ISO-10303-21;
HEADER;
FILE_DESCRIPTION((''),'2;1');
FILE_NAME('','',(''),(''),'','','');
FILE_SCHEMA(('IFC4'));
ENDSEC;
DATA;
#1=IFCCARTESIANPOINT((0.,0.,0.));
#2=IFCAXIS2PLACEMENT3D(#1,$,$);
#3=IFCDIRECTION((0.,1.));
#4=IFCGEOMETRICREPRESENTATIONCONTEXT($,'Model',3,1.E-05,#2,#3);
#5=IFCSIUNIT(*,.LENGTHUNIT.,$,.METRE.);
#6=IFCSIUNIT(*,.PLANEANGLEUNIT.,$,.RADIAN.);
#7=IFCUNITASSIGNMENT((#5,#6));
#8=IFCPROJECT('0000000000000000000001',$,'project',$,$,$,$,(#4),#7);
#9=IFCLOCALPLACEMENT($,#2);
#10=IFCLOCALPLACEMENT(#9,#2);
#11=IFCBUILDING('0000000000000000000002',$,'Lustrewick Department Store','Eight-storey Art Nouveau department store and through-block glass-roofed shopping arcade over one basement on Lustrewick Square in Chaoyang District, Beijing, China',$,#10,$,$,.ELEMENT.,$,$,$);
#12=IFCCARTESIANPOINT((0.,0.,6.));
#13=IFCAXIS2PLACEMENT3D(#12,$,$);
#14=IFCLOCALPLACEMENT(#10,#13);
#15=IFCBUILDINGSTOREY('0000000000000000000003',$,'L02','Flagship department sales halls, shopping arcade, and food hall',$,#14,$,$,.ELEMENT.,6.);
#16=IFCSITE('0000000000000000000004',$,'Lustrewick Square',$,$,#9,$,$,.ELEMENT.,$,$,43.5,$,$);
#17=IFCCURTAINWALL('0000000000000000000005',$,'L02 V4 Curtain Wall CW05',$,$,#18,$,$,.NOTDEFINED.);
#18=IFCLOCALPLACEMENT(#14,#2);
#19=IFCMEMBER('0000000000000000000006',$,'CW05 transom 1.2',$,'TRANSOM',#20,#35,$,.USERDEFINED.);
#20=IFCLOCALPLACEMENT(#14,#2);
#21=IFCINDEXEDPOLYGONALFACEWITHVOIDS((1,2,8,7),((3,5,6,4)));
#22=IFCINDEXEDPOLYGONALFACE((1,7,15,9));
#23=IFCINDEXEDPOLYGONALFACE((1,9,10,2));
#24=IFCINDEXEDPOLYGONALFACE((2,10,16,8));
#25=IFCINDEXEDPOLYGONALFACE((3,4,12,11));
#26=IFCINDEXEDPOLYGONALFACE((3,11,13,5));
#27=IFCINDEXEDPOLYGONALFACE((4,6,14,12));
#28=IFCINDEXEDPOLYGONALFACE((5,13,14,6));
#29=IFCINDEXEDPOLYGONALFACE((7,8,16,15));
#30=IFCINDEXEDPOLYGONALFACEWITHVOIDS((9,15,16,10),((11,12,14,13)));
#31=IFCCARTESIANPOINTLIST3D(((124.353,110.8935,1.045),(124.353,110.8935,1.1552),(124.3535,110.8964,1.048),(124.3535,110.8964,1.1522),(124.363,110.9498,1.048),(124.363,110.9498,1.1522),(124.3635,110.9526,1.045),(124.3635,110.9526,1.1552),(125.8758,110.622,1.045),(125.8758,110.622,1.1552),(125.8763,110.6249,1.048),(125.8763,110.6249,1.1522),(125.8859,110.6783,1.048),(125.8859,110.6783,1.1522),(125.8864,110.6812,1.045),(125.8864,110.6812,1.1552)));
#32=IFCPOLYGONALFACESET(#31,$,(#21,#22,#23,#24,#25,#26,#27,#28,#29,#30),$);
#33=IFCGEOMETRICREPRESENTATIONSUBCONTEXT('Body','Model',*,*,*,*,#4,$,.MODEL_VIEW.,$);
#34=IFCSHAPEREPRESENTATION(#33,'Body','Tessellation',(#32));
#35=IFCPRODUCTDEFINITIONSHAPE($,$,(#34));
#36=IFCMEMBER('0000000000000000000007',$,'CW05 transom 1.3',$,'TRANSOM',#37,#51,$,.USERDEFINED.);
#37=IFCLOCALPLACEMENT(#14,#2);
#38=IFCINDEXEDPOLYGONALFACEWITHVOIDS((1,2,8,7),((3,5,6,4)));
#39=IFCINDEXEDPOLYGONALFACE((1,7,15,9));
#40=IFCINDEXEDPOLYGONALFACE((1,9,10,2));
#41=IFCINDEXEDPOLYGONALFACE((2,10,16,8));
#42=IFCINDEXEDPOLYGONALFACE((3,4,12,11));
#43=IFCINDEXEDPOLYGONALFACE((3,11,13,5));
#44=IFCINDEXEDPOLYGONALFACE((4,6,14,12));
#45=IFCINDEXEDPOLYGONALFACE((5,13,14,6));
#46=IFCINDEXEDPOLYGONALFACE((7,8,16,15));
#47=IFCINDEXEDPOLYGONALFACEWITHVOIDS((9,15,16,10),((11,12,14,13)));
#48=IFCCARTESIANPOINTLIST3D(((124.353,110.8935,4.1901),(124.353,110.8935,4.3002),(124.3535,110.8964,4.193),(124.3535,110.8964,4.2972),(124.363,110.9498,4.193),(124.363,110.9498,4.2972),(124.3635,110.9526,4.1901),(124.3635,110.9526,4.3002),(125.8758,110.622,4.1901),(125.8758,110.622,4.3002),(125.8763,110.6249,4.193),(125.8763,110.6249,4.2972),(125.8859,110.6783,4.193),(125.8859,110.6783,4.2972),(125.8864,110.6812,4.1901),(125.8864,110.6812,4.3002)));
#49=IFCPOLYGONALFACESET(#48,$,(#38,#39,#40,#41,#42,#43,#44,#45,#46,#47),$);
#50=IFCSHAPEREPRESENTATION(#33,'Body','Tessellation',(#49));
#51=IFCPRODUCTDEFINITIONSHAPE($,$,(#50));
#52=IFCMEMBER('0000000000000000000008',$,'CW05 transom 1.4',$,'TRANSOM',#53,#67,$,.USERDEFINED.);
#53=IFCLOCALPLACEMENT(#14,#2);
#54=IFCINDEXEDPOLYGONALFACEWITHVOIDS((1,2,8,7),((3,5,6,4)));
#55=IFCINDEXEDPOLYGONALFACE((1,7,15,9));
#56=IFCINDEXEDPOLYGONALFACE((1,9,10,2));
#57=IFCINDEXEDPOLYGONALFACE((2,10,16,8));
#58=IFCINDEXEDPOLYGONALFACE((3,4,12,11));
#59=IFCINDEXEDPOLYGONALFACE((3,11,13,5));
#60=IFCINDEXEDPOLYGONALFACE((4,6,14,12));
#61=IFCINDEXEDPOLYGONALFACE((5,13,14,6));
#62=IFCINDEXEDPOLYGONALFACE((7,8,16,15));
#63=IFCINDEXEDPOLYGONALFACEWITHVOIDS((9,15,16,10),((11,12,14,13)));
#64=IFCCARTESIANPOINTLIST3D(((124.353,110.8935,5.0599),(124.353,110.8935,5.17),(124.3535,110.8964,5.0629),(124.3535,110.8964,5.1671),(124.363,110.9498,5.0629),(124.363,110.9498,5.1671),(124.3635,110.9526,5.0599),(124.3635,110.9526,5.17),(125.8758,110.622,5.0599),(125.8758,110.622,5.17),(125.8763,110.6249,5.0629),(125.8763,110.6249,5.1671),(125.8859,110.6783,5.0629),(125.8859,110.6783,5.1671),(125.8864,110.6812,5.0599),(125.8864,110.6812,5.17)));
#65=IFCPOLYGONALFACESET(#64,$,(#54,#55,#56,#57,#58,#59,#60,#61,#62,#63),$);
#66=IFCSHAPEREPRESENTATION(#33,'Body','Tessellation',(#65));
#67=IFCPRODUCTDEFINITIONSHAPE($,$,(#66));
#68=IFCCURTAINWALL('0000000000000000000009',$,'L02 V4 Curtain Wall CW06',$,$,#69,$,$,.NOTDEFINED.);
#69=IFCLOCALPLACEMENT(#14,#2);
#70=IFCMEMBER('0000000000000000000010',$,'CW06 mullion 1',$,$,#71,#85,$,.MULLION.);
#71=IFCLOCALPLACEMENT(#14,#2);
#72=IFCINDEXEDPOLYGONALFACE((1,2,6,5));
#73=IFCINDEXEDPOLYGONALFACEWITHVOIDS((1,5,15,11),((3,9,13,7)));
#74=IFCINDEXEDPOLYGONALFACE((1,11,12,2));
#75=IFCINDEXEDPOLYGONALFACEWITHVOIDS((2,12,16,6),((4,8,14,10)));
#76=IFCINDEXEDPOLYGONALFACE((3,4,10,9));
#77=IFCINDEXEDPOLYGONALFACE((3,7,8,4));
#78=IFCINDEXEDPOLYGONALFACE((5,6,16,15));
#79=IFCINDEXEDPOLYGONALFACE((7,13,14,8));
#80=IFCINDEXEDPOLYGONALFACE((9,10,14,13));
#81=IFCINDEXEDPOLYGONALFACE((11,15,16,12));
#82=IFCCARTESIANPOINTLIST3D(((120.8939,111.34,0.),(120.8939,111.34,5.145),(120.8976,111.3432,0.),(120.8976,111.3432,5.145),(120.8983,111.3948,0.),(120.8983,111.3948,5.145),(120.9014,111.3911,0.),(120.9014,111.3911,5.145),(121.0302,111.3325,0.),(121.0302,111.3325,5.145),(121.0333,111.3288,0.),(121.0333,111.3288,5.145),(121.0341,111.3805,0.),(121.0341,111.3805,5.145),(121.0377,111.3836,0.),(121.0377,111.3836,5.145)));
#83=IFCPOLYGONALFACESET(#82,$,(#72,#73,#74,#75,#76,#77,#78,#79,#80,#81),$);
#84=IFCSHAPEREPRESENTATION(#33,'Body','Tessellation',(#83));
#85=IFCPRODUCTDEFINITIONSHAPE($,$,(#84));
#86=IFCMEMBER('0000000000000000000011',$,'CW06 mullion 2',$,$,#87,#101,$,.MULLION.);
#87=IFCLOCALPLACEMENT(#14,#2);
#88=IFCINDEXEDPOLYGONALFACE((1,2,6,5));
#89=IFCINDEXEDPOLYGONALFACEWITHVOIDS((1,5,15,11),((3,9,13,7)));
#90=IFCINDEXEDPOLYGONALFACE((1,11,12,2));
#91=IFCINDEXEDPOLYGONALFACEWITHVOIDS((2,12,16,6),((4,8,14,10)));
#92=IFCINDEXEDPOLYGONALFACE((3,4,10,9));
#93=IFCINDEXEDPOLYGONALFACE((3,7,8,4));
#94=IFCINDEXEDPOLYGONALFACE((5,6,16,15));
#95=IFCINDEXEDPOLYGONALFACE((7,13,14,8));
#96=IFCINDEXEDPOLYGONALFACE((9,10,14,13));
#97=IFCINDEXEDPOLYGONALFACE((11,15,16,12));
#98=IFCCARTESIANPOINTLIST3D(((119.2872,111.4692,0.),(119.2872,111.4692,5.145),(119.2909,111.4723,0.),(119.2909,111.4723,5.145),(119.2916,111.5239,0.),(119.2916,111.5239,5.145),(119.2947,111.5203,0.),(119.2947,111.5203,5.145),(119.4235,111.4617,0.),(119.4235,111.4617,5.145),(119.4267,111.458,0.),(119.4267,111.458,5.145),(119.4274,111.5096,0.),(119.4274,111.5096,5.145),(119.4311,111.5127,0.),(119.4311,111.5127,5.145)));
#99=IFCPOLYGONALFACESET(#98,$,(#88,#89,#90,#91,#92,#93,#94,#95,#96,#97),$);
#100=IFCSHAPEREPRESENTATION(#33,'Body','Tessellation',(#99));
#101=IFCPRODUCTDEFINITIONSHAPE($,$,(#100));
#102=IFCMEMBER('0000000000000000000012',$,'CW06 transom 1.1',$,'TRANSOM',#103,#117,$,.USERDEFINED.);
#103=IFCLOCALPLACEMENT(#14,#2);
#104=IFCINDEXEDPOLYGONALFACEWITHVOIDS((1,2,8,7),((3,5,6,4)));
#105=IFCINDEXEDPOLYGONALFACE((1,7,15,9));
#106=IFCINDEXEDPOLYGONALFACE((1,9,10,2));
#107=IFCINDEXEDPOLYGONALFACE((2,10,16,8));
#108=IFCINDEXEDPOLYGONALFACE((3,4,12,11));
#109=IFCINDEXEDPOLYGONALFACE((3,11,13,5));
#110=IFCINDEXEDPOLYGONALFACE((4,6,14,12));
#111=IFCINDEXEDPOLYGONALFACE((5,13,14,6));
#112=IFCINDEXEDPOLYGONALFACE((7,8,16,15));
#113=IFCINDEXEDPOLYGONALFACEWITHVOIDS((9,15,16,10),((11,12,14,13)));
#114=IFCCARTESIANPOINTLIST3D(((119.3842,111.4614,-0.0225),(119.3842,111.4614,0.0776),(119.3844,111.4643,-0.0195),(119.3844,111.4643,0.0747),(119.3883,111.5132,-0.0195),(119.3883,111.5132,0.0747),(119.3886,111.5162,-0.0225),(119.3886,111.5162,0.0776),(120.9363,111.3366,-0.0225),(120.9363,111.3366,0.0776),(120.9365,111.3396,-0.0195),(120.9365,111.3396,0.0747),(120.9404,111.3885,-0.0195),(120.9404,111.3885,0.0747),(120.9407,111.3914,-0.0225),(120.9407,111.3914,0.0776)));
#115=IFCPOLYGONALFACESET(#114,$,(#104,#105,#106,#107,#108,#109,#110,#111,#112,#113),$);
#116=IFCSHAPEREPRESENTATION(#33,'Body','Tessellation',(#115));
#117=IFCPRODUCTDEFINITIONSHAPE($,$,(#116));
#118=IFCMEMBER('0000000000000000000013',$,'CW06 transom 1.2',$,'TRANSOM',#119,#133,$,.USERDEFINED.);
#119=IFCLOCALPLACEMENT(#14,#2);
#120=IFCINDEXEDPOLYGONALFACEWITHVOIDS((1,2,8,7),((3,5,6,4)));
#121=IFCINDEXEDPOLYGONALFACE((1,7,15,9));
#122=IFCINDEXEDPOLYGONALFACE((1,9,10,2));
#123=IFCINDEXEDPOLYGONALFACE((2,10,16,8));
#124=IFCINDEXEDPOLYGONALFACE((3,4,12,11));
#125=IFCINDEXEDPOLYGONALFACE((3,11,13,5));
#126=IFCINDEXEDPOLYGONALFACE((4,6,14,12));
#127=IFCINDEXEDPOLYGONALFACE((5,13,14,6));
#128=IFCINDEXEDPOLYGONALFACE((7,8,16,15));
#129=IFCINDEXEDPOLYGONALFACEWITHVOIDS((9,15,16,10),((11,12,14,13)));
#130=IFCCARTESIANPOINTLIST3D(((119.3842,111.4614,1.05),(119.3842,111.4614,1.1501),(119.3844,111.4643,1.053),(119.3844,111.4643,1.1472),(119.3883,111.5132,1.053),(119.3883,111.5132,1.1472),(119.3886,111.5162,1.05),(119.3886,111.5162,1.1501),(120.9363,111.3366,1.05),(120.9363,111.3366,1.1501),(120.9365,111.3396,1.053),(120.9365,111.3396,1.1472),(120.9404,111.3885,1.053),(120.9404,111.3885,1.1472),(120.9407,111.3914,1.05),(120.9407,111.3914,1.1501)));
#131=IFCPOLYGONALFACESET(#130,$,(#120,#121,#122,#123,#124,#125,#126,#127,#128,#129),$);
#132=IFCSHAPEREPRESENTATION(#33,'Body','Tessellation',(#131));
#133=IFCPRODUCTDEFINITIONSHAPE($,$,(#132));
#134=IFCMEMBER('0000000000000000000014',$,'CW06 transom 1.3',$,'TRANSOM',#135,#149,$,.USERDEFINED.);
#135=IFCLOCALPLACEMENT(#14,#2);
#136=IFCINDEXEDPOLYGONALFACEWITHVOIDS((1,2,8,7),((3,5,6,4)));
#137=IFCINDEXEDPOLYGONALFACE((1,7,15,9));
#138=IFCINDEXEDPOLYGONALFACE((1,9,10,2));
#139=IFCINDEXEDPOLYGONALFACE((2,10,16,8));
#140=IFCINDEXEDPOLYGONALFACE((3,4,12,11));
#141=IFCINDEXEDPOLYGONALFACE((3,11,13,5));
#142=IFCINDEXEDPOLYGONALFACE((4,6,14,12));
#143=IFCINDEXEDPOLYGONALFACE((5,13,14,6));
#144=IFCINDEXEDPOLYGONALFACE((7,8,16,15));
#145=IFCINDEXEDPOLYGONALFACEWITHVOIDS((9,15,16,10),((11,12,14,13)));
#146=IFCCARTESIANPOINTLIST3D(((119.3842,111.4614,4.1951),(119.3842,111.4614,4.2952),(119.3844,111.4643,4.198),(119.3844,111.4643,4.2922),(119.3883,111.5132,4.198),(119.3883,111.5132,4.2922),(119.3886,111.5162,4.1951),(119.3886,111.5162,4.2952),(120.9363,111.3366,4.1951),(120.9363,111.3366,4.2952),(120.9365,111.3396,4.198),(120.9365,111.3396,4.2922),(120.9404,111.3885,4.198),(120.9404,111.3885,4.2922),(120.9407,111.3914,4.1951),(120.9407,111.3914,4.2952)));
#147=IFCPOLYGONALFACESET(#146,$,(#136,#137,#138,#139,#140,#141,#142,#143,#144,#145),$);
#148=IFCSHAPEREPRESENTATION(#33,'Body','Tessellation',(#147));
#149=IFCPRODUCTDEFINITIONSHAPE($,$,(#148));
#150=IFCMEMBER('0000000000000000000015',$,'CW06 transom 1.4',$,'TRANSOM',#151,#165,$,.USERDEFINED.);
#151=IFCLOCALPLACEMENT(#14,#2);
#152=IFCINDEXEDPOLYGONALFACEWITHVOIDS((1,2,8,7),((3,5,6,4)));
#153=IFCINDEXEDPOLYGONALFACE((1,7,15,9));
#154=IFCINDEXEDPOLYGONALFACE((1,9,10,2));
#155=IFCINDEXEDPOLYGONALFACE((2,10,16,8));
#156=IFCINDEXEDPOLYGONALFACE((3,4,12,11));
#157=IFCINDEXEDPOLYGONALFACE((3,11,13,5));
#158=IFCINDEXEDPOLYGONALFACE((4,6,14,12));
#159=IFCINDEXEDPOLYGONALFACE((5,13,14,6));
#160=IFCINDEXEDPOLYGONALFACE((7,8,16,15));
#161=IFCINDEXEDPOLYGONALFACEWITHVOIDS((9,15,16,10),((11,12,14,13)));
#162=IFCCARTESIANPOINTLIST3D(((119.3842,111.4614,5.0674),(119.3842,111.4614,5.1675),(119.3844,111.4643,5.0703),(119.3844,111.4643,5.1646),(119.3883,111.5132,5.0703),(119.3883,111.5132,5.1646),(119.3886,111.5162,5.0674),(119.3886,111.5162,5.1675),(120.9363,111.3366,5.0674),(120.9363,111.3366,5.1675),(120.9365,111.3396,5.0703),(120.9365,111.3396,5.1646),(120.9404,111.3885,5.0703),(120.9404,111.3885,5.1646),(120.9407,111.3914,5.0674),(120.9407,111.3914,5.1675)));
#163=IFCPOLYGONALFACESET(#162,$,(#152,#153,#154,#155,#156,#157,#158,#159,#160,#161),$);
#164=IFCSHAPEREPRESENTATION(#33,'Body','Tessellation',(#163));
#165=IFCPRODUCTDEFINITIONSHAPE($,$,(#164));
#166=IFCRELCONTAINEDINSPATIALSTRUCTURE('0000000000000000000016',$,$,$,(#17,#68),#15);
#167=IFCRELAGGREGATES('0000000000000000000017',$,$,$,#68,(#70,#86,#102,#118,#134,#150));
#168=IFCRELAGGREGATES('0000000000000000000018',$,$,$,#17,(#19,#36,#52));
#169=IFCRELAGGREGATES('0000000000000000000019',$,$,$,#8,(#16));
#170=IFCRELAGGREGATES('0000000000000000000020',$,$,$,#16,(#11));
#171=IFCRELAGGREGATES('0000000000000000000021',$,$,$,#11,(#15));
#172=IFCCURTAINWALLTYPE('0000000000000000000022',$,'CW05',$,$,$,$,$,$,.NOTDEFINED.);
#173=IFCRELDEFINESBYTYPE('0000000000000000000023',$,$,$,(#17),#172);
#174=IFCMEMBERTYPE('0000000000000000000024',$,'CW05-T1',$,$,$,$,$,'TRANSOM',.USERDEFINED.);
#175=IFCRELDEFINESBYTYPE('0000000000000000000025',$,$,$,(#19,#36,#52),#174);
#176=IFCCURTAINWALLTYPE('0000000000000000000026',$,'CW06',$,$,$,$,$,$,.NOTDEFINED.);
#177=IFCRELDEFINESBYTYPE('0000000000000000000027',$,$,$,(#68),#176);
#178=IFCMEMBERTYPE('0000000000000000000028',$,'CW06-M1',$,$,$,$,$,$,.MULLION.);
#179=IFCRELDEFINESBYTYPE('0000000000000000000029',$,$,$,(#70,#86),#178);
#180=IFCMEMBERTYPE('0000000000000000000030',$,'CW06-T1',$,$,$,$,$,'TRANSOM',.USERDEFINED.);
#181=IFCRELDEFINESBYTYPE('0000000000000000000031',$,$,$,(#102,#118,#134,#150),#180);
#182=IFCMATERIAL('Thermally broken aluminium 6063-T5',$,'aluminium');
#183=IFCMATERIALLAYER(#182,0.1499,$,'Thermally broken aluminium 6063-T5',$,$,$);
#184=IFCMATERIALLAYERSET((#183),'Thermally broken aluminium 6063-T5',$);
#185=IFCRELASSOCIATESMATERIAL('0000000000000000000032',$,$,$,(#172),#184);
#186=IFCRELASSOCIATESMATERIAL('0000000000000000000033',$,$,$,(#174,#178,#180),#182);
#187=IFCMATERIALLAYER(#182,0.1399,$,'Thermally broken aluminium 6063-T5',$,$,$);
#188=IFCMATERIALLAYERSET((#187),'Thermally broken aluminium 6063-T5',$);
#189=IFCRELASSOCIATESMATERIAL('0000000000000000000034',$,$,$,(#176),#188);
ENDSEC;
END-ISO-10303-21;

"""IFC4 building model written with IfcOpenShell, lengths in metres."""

from ifc_helpers import new_model, si_unit, direction, frame, origin, origin_2d, place, context, subcontext, project, spatial, hollow_rectangle, extrude, material, layer, layer_set, material_profile, profile_set, type_object, element, aggregate, save


model = new_model("IFC4")

# Units and contexts
model_context = context("Model", 3, precision=1e-05, world=origin(), true_north=direction((0.0, 1.0)))
body_context = subcontext(model_context, "Body", "Model", "MODEL_VIEW")
ifc_project = project(units=[si_unit("LENGTHUNIT", "METRE"), si_unit("PLANEANGLEUNIT", "RADIAN")], contexts=[model_context])

# Site, building, storey
site_placement = place(None, origin())
site = spatial("IfcSite", under=ifc_project, at=site_placement, Name="Lustrewick Square", CompositionType="ELEMENT", RefElevation=43.5)
building_placement = place(site_placement, origin())
building = spatial("IfcBuilding", under=site, at=building_placement, Name="Lustrewick Department Store", Description="Eight-storey Art Nouveau department store and through-block glass-roofed shopping arcade over one basement on Lustrewick Square in Chaoyang District, Beijing, China", CompositionType="ELEMENT")
storey_placement = place(building_placement, frame((0.0, 0.0, 6.0)))
storey = spatial("IfcBuildingStorey", under=building, at=storey_placement, Name="L02", Description="Flagship department sales halls, shopping arcade, and food hall", CompositionType="ELEMENT", Elevation=6.0)

# Curtain walls, members
ifc_material_1 = material(Name="Thermally broken aluminium 6063-T5", Category="aluminium")
ifc_layer_1 = layer(ifc_material_1, 0.1499, Name="Thermally broken aluminium 6063-T5")
ifc_layer_set_1 = layer_set([ifc_layer_1], Name="Thermally broken aluminium 6063-T5")
curtain_wall_type_1 = type_object("IfcCurtainWallType", Name="CW05", PredefinedType="NOTDEFINED", material=ifc_layer_set_1)
curtain_wall_1_placement = place(storey_placement, origin())
curtain_wall_1 = element("IfcCurtainWall", 1, at=curtain_wall_1_placement, inside=storey, type_object=curtain_wall_type_1, Name="L02 V4 Curtain Wall CW05", PredefinedType="NOTDEFINED")
ifc_material_profile_1 = material_profile(ifc_material_1, hollow_rectangle(XDim=0.0601, YDim=0.1101, WallThickness=0.0029, at=origin_2d()), Name="ALU-T 60x110x3")
ifc_profile_set_1 = profile_set([ifc_material_profile_1], Name="Thermally broken aluminium 6063-T5")
member_type_1 = type_object("IfcMemberType", Name="CW05-T1", ElementType="TRANSOM", PredefinedType="USERDEFINED", material=ifc_profile_set_1)
member_1_placement = place(storey_placement, frame((125.8811, 110.6516, 1.1001), z_axis=(-0.98448, 0.175496, 0.0), x_axis=(-0.175496, -0.98448, 0.0)))
member_1 = element("IfcMember", 2, at=member_1_placement, type_object=member_type_1, Name="CW05 transom 1.2", ObjectType="TRANSOM", PredefinedType="USERDEFINED", context=body_context, shape_type="SweptSolid", body=[
    extrude(hollow_rectangle(XDim=0.0601, YDim=0.1101, WallThickness=0.0029, at=origin_2d()), origin(), (0.0, 0.0, 1.0), 1.5469),
])
member_2_placement = place(storey_placement, frame((125.8811, 110.6516, 4.2451), z_axis=(-0.98448, 0.175496, 0.0), x_axis=(-0.175496, -0.98448, 0.0)))
member_2 = element("IfcMember", 3, at=member_2_placement, type_object=member_type_1, Name="CW05 transom 1.3", ObjectType="TRANSOM", PredefinedType="USERDEFINED", context=body_context, shape_type="SweptSolid", body=[
    extrude(hollow_rectangle(XDim=0.0601, YDim=0.1101, WallThickness=0.0029, at=origin_2d()), origin(), (0.0, 0.0, 1.0), 1.5469),
])
member_3_placement = place(storey_placement, frame((125.8811, 110.6516, 5.115), z_axis=(-0.98448, 0.175496, 0.0), x_axis=(-0.175496, -0.98448, 0.0)))
member_3 = element("IfcMember", 4, at=member_3_placement, type_object=member_type_1, Name="CW05 transom 1.4", ObjectType="TRANSOM", PredefinedType="USERDEFINED", context=body_context, shape_type="SweptSolid", body=[
    extrude(hollow_rectangle(XDim=0.0601, YDim=0.1101, WallThickness=0.0029, at=origin_2d()), origin(), (0.0, 0.0, 1.0), 1.5469),
])
ifc_layer_2 = layer(ifc_material_1, 0.1399, Name="Thermally broken aluminium 6063-T5")
ifc_layer_set_2 = layer_set([ifc_layer_2], Name="Thermally broken aluminium 6063-T5")
curtain_wall_type_2 = type_object("IfcCurtainWallType", Name="CW06", PredefinedType="NOTDEFINED", material=ifc_layer_set_2)
curtain_wall_2_placement = place(storey_placement, origin())
curtain_wall_2 = element("IfcCurtainWall", 5, at=curtain_wall_2_placement, inside=storey, type_object=curtain_wall_type_2, Name="L02 V4 Curtain Wall CW06", PredefinedType="NOTDEFINED")
ifc_material_profile_2 = material_profile(ifc_material_1, hollow_rectangle(XDim=0.0549, YDim=0.1399, WallThickness=0.0034, at=origin_2d()), Name="ALU-M 55x140x3.5")
ifc_profile_set_2 = profile_set([ifc_material_profile_2], Name="Thermally broken aluminium 6063-T5")
member_type_2 = type_object("IfcMemberType", Name="CW06-M1", PredefinedType="MULLION", material=ifc_profile_set_2)
member_4_placement = place(storey_placement, frame((120.9658, 111.3618, 0.0), z_axis=(0.0, 0.0, 1.0), x_axis=(-0.080091, -0.996788, 0.0)))
member_4 = element("IfcMember", 6, at=member_4_placement, type_object=member_type_2, Name="CW06 mullion 1", PredefinedType="MULLION", context=body_context, shape_type="SweptSolid", body=[
    extrude(hollow_rectangle(XDim=0.0549, YDim=0.1399, WallThickness=0.0034, at=origin_2d()), origin(), (0.0, 0.0, 1.0), 5.145),
])
member_5_placement = place(storey_placement, frame((119.3591, 111.491, 0.0), z_axis=(0.0, 0.0, 1.0), x_axis=(-0.080091, -0.996788, 0.0)))
member_5 = element("IfcMember", 7, at=member_5_placement, type_object=member_type_2, Name="CW06 mullion 2", PredefinedType="MULLION", context=body_context, shape_type="SweptSolid", body=[
    extrude(hollow_rectangle(XDim=0.0549, YDim=0.1399, WallThickness=0.0034, at=origin_2d()), origin(), (0.0, 0.0, 1.0), 5.145),
])
ifc_material_profile_3 = material_profile(ifc_material_1, hollow_rectangle(XDim=0.0549, YDim=0.1001, WallThickness=0.0029, at=origin_2d()), Name="ALU-T 55x100x3")
ifc_profile_set_3 = profile_set([ifc_material_profile_3], Name="Thermally broken aluminium 6063-T5")
member_type_3 = type_object("IfcMemberType", Name="CW06-T1", ElementType="TRANSOM", PredefinedType="USERDEFINED", material=ifc_profile_set_3)
member_6_placement = place(storey_placement, frame((120.9385, 111.364, 0.0276), z_axis=(-0.996785, 0.080125, 0.0), x_axis=(-0.080125, -0.996785, 0.0)))
member_6 = element("IfcMember", 8, at=member_6_placement, type_object=member_type_3, Name="CW06 transom 1.1", ObjectType="TRANSOM", PredefinedType="USERDEFINED", context=body_context, shape_type="SweptSolid", body=[
    extrude(hollow_rectangle(XDim=0.0549, YDim=0.1001, WallThickness=0.0029, at=origin_2d()), origin(), (0.0, 0.0, 1.0), 1.5571),
])
member_7_placement = place(storey_placement, frame((120.9385, 111.364, 1.1001), z_axis=(-0.996785, 0.080125, 0.0), x_axis=(-0.080125, -0.996785, 0.0)))
member_7 = element("IfcMember", 9, at=member_7_placement, type_object=member_type_3, Name="CW06 transom 1.2", ObjectType="TRANSOM", PredefinedType="USERDEFINED", context=body_context, shape_type="SweptSolid", body=[
    extrude(hollow_rectangle(XDim=0.0549, YDim=0.1001, WallThickness=0.0029, at=origin_2d()), origin(), (0.0, 0.0, 1.0), 1.5571),
])
member_8_placement = place(storey_placement, frame((120.9385, 111.364, 4.2451), z_axis=(-0.996785, 0.080125, 0.0), x_axis=(-0.080125, -0.996785, 0.0)))
member_8 = element("IfcMember", 10, at=member_8_placement, type_object=member_type_3, Name="CW06 transom 1.3", ObjectType="TRANSOM", PredefinedType="USERDEFINED", context=body_context, shape_type="SweptSolid", body=[
    extrude(hollow_rectangle(XDim=0.0549, YDim=0.1001, WallThickness=0.0029, at=origin_2d()), origin(), (0.0, 0.0, 1.0), 1.5571),
])
member_9_placement = place(storey_placement, frame((120.9385, 111.364, 5.1174), z_axis=(-0.996785, 0.080125, 0.0), x_axis=(-0.080125, -0.996785, 0.0)))
member_9 = element("IfcMember", 11, at=member_9_placement, type_object=member_type_3, Name="CW06 transom 1.4", ObjectType="TRANSOM", PredefinedType="USERDEFINED", context=body_context, shape_type="SweptSolid", body=[
    extrude(hollow_rectangle(XDim=0.0549, YDim=0.1001, WallThickness=0.0029, at=origin_2d()), origin(), (0.0, 0.0, 1.0), 1.5571),
])

aggregate(curtain_wall_2, [member_4, member_5, member_6, member_7, member_8, member_9])
aggregate(curtain_wall_1, [member_1, member_2, member_3])

save(model, "model.ifc")
